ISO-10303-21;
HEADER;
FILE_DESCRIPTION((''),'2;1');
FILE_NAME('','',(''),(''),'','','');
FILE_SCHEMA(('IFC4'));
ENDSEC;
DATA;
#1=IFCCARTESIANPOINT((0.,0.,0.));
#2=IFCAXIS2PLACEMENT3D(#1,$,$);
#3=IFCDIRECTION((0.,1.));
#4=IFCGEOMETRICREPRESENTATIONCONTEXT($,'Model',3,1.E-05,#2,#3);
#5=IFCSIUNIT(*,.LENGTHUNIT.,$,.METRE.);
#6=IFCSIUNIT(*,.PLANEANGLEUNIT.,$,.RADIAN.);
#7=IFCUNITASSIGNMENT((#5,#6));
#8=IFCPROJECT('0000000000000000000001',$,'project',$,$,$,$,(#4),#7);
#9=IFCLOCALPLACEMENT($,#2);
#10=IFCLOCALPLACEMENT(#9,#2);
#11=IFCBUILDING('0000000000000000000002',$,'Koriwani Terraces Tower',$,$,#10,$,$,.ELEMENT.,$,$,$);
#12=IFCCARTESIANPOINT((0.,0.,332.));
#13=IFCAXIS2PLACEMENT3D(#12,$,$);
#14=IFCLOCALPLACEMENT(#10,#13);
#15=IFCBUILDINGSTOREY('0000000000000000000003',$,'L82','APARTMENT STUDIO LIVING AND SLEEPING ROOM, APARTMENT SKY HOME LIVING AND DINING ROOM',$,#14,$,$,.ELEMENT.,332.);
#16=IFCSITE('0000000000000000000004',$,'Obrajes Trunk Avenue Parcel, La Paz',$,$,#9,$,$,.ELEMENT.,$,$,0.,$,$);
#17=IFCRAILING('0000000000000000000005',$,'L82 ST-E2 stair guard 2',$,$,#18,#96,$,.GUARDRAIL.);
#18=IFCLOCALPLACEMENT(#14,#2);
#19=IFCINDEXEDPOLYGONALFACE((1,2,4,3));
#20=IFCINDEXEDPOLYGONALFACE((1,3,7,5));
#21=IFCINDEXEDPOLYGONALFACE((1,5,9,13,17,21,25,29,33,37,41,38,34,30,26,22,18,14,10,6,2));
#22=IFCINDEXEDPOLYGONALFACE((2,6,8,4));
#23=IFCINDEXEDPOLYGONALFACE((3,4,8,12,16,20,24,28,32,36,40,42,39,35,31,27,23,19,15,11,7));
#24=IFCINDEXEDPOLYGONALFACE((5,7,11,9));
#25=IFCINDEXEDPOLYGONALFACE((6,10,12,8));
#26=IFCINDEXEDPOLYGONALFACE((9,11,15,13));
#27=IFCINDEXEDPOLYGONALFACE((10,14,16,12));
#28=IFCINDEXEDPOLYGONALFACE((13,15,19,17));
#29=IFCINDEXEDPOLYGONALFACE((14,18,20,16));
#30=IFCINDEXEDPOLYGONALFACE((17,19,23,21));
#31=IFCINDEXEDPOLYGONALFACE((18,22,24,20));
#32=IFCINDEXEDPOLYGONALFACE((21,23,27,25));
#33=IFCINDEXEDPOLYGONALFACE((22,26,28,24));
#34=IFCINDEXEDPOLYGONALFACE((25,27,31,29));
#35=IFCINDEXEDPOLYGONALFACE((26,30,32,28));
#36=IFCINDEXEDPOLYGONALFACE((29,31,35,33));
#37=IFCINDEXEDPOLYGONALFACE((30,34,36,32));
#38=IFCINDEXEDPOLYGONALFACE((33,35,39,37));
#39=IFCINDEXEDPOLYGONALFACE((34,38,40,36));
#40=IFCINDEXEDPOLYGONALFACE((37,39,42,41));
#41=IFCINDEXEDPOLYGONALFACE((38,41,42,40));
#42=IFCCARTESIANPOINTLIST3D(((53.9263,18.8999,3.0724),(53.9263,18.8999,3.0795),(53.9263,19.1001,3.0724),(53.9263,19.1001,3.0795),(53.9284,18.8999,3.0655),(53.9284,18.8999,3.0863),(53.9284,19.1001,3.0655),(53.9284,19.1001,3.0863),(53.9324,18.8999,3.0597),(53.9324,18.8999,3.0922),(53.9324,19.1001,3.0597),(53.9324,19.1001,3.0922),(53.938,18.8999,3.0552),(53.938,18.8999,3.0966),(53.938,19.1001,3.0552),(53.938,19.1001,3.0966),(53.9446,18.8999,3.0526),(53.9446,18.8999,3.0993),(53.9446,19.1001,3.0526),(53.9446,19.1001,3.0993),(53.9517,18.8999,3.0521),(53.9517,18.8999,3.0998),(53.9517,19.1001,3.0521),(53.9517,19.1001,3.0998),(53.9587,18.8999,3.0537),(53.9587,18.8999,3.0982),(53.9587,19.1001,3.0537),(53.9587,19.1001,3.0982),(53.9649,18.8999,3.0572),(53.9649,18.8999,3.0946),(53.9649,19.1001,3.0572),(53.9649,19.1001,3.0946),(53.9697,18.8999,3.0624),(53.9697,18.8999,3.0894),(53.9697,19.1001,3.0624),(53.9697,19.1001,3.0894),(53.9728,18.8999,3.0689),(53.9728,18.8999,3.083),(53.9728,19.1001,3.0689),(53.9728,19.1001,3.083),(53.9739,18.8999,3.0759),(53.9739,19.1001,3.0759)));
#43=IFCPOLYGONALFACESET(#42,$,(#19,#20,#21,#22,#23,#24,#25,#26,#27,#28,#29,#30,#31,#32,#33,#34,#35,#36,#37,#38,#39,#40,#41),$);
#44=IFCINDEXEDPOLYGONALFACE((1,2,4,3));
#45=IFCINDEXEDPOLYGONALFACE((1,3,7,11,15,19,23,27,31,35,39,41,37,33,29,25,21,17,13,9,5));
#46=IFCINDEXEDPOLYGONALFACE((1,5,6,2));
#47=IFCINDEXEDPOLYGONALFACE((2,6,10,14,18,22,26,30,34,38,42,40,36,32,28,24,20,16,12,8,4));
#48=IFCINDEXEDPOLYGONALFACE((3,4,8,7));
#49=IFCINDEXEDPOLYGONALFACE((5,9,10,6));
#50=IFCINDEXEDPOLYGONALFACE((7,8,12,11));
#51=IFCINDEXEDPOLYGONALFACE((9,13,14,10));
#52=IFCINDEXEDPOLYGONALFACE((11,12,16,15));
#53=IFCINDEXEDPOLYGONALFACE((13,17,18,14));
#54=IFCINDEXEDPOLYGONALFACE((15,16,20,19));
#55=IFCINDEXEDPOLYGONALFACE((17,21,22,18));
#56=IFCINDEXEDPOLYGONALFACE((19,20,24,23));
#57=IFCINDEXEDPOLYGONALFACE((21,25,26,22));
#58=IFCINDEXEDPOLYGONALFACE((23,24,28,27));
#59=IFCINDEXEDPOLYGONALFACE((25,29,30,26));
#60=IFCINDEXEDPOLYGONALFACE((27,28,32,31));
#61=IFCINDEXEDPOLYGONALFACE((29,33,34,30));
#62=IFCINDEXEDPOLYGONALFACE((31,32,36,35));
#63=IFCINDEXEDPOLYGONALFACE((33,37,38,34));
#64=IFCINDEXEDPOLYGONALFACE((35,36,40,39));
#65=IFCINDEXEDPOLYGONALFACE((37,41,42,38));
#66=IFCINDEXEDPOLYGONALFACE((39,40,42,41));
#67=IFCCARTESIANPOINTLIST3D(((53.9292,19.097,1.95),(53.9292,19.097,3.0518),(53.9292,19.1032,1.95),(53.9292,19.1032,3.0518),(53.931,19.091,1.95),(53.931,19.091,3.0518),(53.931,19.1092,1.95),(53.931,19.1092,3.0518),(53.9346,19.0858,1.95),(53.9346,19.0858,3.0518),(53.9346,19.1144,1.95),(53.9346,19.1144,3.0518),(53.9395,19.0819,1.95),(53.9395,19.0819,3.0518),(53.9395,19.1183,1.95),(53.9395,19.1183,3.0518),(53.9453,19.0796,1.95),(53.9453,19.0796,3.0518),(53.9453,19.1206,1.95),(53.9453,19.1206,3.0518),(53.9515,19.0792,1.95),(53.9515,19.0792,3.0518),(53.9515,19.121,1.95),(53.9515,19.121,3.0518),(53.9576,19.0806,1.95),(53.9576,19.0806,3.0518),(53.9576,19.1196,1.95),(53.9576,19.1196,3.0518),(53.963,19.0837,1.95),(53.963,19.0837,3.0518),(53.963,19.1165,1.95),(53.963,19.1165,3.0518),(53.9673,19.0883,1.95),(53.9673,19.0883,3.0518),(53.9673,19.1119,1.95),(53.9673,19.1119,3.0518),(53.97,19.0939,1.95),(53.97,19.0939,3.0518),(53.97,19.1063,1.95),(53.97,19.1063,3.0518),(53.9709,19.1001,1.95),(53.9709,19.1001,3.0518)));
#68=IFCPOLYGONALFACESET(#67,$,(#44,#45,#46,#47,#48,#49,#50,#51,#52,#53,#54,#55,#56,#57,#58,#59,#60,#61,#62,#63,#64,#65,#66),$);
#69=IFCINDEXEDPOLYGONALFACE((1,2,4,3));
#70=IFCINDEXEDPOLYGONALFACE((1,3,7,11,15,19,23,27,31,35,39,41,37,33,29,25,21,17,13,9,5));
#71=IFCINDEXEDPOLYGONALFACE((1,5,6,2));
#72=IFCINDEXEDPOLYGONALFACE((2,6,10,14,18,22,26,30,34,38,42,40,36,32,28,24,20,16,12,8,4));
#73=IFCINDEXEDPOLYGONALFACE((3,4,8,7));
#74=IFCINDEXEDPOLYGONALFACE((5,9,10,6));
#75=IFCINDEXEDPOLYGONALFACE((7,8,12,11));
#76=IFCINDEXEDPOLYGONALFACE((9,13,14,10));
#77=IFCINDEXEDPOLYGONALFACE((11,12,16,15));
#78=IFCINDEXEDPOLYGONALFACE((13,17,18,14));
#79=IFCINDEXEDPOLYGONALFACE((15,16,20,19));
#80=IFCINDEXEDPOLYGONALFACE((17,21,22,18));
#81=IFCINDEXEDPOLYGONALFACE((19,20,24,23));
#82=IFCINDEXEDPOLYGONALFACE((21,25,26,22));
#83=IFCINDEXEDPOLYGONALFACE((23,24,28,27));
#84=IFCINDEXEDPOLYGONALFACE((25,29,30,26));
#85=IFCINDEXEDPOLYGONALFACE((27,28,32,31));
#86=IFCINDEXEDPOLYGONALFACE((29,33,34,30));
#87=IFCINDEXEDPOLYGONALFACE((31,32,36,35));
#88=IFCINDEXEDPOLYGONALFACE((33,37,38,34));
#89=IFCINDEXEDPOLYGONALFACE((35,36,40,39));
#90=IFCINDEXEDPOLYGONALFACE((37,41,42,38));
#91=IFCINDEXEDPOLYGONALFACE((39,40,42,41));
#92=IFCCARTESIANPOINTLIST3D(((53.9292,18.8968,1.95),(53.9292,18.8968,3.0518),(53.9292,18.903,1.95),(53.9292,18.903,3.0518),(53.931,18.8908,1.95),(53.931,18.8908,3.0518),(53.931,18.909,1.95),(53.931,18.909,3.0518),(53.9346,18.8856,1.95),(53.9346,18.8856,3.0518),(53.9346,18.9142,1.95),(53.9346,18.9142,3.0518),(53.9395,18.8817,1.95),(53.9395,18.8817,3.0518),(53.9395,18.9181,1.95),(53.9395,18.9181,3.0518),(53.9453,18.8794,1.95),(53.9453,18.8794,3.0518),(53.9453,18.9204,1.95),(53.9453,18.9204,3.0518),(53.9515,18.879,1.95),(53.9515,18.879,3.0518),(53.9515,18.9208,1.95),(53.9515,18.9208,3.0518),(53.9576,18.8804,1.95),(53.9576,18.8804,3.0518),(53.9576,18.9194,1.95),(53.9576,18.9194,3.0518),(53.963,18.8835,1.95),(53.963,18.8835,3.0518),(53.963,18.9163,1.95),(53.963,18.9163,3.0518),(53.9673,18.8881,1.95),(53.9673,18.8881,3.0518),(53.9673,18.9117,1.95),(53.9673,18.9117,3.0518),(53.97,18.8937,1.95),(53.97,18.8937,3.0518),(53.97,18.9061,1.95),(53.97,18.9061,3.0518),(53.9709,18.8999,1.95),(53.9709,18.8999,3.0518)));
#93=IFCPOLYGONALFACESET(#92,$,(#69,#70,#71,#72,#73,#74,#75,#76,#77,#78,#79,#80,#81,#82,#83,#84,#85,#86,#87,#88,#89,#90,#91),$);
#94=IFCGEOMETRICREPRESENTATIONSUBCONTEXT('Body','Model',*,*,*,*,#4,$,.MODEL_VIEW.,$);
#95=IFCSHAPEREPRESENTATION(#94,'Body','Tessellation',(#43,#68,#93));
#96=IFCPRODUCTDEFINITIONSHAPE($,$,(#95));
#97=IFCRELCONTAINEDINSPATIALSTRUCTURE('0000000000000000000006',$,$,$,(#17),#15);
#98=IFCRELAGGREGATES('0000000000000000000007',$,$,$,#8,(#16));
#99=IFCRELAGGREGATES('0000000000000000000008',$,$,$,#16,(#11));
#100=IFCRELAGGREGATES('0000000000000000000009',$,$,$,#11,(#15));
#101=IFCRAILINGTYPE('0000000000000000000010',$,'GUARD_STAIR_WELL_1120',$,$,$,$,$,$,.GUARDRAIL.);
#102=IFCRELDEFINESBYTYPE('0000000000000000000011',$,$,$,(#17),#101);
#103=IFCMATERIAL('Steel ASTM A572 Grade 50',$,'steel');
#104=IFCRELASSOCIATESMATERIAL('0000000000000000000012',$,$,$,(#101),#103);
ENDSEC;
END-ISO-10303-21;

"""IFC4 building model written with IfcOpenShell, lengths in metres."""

from ifc_helpers import new_model, si_unit, direction, frame, origin, origin_2d, place, context, subcontext, project, spatial, circle, extrude, material, type_object, element, save


model = new_model("IFC4")

# Units and contexts
model_context = context("Model", 3, precision=1e-05, world=origin(), true_north=direction((0.0, 1.0)))
body_context = subcontext(model_context, "Body", "Model", "MODEL_VIEW")
ifc_project = project(units=[si_unit("LENGTHUNIT", "METRE"), si_unit("PLANEANGLEUNIT", "RADIAN")], contexts=[model_context])

# Site, building, storey
site_placement = place(None, origin())
site = spatial("IfcSite", under=ifc_project, at=site_placement, Name="Obrajes Trunk Avenue Parcel, La Paz", CompositionType="ELEMENT", RefElevation=0.0)
building_placement = place(site_placement, origin())
building = spatial("IfcBuilding", under=site, at=building_placement, Name="Koriwani Terraces Tower", CompositionType="ELEMENT")
storey_placement = place(building_placement, frame((0.0, 0.0, 332.0)))
storey = spatial("IfcBuildingStorey", under=building, at=storey_placement, Name="L82", Description="APARTMENT STUDIO LIVING AND SLEEPING ROOM, APARTMENT SKY HOME LIVING AND DINING ROOM", CompositionType="ELEMENT", Elevation=332.0)

# Shared definitions
ifc_material_1 = material(Name="Steel ASTM A572 Grade 50", Category="steel")

# Railing
railing_type_1 = type_object("IfcRailingType", Name="GUARD_STAIR_WELL_1120", PredefinedType="GUARDRAIL", material=ifc_material_1)
railing_1_placement = place(storey_placement, frame((53.95, 19.1001, 1.95)))
element("IfcRailing", 1, at=railing_1_placement, inside=storey, type_object=railing_type_1, Name="L82 ST-E2 stair guard 2", PredefinedType="GUARDRAIL", context=body_context, shape_type="SweptSolid", body=[
    extrude(circle(Radius=0.0239, at=origin_2d()), frame((0.0, 0.0, 1.126), z_axis=(0.0, -1.0, 0.0), x_axis=(1.0, 0.0, 0.0)), (0.0, 0.0, 1.0), 0.2002),
    extrude(circle(Radius=0.021, at=origin_2d()), origin(), (0.0, 0.0, 1.0), 1.1018),
    extrude(circle(Radius=0.021, at=origin_2d()), frame((0.0, -0.2002, 0.0)), (0.0, 0.0, 1.0), 1.1018),
])

save(model, "model.ifc")
